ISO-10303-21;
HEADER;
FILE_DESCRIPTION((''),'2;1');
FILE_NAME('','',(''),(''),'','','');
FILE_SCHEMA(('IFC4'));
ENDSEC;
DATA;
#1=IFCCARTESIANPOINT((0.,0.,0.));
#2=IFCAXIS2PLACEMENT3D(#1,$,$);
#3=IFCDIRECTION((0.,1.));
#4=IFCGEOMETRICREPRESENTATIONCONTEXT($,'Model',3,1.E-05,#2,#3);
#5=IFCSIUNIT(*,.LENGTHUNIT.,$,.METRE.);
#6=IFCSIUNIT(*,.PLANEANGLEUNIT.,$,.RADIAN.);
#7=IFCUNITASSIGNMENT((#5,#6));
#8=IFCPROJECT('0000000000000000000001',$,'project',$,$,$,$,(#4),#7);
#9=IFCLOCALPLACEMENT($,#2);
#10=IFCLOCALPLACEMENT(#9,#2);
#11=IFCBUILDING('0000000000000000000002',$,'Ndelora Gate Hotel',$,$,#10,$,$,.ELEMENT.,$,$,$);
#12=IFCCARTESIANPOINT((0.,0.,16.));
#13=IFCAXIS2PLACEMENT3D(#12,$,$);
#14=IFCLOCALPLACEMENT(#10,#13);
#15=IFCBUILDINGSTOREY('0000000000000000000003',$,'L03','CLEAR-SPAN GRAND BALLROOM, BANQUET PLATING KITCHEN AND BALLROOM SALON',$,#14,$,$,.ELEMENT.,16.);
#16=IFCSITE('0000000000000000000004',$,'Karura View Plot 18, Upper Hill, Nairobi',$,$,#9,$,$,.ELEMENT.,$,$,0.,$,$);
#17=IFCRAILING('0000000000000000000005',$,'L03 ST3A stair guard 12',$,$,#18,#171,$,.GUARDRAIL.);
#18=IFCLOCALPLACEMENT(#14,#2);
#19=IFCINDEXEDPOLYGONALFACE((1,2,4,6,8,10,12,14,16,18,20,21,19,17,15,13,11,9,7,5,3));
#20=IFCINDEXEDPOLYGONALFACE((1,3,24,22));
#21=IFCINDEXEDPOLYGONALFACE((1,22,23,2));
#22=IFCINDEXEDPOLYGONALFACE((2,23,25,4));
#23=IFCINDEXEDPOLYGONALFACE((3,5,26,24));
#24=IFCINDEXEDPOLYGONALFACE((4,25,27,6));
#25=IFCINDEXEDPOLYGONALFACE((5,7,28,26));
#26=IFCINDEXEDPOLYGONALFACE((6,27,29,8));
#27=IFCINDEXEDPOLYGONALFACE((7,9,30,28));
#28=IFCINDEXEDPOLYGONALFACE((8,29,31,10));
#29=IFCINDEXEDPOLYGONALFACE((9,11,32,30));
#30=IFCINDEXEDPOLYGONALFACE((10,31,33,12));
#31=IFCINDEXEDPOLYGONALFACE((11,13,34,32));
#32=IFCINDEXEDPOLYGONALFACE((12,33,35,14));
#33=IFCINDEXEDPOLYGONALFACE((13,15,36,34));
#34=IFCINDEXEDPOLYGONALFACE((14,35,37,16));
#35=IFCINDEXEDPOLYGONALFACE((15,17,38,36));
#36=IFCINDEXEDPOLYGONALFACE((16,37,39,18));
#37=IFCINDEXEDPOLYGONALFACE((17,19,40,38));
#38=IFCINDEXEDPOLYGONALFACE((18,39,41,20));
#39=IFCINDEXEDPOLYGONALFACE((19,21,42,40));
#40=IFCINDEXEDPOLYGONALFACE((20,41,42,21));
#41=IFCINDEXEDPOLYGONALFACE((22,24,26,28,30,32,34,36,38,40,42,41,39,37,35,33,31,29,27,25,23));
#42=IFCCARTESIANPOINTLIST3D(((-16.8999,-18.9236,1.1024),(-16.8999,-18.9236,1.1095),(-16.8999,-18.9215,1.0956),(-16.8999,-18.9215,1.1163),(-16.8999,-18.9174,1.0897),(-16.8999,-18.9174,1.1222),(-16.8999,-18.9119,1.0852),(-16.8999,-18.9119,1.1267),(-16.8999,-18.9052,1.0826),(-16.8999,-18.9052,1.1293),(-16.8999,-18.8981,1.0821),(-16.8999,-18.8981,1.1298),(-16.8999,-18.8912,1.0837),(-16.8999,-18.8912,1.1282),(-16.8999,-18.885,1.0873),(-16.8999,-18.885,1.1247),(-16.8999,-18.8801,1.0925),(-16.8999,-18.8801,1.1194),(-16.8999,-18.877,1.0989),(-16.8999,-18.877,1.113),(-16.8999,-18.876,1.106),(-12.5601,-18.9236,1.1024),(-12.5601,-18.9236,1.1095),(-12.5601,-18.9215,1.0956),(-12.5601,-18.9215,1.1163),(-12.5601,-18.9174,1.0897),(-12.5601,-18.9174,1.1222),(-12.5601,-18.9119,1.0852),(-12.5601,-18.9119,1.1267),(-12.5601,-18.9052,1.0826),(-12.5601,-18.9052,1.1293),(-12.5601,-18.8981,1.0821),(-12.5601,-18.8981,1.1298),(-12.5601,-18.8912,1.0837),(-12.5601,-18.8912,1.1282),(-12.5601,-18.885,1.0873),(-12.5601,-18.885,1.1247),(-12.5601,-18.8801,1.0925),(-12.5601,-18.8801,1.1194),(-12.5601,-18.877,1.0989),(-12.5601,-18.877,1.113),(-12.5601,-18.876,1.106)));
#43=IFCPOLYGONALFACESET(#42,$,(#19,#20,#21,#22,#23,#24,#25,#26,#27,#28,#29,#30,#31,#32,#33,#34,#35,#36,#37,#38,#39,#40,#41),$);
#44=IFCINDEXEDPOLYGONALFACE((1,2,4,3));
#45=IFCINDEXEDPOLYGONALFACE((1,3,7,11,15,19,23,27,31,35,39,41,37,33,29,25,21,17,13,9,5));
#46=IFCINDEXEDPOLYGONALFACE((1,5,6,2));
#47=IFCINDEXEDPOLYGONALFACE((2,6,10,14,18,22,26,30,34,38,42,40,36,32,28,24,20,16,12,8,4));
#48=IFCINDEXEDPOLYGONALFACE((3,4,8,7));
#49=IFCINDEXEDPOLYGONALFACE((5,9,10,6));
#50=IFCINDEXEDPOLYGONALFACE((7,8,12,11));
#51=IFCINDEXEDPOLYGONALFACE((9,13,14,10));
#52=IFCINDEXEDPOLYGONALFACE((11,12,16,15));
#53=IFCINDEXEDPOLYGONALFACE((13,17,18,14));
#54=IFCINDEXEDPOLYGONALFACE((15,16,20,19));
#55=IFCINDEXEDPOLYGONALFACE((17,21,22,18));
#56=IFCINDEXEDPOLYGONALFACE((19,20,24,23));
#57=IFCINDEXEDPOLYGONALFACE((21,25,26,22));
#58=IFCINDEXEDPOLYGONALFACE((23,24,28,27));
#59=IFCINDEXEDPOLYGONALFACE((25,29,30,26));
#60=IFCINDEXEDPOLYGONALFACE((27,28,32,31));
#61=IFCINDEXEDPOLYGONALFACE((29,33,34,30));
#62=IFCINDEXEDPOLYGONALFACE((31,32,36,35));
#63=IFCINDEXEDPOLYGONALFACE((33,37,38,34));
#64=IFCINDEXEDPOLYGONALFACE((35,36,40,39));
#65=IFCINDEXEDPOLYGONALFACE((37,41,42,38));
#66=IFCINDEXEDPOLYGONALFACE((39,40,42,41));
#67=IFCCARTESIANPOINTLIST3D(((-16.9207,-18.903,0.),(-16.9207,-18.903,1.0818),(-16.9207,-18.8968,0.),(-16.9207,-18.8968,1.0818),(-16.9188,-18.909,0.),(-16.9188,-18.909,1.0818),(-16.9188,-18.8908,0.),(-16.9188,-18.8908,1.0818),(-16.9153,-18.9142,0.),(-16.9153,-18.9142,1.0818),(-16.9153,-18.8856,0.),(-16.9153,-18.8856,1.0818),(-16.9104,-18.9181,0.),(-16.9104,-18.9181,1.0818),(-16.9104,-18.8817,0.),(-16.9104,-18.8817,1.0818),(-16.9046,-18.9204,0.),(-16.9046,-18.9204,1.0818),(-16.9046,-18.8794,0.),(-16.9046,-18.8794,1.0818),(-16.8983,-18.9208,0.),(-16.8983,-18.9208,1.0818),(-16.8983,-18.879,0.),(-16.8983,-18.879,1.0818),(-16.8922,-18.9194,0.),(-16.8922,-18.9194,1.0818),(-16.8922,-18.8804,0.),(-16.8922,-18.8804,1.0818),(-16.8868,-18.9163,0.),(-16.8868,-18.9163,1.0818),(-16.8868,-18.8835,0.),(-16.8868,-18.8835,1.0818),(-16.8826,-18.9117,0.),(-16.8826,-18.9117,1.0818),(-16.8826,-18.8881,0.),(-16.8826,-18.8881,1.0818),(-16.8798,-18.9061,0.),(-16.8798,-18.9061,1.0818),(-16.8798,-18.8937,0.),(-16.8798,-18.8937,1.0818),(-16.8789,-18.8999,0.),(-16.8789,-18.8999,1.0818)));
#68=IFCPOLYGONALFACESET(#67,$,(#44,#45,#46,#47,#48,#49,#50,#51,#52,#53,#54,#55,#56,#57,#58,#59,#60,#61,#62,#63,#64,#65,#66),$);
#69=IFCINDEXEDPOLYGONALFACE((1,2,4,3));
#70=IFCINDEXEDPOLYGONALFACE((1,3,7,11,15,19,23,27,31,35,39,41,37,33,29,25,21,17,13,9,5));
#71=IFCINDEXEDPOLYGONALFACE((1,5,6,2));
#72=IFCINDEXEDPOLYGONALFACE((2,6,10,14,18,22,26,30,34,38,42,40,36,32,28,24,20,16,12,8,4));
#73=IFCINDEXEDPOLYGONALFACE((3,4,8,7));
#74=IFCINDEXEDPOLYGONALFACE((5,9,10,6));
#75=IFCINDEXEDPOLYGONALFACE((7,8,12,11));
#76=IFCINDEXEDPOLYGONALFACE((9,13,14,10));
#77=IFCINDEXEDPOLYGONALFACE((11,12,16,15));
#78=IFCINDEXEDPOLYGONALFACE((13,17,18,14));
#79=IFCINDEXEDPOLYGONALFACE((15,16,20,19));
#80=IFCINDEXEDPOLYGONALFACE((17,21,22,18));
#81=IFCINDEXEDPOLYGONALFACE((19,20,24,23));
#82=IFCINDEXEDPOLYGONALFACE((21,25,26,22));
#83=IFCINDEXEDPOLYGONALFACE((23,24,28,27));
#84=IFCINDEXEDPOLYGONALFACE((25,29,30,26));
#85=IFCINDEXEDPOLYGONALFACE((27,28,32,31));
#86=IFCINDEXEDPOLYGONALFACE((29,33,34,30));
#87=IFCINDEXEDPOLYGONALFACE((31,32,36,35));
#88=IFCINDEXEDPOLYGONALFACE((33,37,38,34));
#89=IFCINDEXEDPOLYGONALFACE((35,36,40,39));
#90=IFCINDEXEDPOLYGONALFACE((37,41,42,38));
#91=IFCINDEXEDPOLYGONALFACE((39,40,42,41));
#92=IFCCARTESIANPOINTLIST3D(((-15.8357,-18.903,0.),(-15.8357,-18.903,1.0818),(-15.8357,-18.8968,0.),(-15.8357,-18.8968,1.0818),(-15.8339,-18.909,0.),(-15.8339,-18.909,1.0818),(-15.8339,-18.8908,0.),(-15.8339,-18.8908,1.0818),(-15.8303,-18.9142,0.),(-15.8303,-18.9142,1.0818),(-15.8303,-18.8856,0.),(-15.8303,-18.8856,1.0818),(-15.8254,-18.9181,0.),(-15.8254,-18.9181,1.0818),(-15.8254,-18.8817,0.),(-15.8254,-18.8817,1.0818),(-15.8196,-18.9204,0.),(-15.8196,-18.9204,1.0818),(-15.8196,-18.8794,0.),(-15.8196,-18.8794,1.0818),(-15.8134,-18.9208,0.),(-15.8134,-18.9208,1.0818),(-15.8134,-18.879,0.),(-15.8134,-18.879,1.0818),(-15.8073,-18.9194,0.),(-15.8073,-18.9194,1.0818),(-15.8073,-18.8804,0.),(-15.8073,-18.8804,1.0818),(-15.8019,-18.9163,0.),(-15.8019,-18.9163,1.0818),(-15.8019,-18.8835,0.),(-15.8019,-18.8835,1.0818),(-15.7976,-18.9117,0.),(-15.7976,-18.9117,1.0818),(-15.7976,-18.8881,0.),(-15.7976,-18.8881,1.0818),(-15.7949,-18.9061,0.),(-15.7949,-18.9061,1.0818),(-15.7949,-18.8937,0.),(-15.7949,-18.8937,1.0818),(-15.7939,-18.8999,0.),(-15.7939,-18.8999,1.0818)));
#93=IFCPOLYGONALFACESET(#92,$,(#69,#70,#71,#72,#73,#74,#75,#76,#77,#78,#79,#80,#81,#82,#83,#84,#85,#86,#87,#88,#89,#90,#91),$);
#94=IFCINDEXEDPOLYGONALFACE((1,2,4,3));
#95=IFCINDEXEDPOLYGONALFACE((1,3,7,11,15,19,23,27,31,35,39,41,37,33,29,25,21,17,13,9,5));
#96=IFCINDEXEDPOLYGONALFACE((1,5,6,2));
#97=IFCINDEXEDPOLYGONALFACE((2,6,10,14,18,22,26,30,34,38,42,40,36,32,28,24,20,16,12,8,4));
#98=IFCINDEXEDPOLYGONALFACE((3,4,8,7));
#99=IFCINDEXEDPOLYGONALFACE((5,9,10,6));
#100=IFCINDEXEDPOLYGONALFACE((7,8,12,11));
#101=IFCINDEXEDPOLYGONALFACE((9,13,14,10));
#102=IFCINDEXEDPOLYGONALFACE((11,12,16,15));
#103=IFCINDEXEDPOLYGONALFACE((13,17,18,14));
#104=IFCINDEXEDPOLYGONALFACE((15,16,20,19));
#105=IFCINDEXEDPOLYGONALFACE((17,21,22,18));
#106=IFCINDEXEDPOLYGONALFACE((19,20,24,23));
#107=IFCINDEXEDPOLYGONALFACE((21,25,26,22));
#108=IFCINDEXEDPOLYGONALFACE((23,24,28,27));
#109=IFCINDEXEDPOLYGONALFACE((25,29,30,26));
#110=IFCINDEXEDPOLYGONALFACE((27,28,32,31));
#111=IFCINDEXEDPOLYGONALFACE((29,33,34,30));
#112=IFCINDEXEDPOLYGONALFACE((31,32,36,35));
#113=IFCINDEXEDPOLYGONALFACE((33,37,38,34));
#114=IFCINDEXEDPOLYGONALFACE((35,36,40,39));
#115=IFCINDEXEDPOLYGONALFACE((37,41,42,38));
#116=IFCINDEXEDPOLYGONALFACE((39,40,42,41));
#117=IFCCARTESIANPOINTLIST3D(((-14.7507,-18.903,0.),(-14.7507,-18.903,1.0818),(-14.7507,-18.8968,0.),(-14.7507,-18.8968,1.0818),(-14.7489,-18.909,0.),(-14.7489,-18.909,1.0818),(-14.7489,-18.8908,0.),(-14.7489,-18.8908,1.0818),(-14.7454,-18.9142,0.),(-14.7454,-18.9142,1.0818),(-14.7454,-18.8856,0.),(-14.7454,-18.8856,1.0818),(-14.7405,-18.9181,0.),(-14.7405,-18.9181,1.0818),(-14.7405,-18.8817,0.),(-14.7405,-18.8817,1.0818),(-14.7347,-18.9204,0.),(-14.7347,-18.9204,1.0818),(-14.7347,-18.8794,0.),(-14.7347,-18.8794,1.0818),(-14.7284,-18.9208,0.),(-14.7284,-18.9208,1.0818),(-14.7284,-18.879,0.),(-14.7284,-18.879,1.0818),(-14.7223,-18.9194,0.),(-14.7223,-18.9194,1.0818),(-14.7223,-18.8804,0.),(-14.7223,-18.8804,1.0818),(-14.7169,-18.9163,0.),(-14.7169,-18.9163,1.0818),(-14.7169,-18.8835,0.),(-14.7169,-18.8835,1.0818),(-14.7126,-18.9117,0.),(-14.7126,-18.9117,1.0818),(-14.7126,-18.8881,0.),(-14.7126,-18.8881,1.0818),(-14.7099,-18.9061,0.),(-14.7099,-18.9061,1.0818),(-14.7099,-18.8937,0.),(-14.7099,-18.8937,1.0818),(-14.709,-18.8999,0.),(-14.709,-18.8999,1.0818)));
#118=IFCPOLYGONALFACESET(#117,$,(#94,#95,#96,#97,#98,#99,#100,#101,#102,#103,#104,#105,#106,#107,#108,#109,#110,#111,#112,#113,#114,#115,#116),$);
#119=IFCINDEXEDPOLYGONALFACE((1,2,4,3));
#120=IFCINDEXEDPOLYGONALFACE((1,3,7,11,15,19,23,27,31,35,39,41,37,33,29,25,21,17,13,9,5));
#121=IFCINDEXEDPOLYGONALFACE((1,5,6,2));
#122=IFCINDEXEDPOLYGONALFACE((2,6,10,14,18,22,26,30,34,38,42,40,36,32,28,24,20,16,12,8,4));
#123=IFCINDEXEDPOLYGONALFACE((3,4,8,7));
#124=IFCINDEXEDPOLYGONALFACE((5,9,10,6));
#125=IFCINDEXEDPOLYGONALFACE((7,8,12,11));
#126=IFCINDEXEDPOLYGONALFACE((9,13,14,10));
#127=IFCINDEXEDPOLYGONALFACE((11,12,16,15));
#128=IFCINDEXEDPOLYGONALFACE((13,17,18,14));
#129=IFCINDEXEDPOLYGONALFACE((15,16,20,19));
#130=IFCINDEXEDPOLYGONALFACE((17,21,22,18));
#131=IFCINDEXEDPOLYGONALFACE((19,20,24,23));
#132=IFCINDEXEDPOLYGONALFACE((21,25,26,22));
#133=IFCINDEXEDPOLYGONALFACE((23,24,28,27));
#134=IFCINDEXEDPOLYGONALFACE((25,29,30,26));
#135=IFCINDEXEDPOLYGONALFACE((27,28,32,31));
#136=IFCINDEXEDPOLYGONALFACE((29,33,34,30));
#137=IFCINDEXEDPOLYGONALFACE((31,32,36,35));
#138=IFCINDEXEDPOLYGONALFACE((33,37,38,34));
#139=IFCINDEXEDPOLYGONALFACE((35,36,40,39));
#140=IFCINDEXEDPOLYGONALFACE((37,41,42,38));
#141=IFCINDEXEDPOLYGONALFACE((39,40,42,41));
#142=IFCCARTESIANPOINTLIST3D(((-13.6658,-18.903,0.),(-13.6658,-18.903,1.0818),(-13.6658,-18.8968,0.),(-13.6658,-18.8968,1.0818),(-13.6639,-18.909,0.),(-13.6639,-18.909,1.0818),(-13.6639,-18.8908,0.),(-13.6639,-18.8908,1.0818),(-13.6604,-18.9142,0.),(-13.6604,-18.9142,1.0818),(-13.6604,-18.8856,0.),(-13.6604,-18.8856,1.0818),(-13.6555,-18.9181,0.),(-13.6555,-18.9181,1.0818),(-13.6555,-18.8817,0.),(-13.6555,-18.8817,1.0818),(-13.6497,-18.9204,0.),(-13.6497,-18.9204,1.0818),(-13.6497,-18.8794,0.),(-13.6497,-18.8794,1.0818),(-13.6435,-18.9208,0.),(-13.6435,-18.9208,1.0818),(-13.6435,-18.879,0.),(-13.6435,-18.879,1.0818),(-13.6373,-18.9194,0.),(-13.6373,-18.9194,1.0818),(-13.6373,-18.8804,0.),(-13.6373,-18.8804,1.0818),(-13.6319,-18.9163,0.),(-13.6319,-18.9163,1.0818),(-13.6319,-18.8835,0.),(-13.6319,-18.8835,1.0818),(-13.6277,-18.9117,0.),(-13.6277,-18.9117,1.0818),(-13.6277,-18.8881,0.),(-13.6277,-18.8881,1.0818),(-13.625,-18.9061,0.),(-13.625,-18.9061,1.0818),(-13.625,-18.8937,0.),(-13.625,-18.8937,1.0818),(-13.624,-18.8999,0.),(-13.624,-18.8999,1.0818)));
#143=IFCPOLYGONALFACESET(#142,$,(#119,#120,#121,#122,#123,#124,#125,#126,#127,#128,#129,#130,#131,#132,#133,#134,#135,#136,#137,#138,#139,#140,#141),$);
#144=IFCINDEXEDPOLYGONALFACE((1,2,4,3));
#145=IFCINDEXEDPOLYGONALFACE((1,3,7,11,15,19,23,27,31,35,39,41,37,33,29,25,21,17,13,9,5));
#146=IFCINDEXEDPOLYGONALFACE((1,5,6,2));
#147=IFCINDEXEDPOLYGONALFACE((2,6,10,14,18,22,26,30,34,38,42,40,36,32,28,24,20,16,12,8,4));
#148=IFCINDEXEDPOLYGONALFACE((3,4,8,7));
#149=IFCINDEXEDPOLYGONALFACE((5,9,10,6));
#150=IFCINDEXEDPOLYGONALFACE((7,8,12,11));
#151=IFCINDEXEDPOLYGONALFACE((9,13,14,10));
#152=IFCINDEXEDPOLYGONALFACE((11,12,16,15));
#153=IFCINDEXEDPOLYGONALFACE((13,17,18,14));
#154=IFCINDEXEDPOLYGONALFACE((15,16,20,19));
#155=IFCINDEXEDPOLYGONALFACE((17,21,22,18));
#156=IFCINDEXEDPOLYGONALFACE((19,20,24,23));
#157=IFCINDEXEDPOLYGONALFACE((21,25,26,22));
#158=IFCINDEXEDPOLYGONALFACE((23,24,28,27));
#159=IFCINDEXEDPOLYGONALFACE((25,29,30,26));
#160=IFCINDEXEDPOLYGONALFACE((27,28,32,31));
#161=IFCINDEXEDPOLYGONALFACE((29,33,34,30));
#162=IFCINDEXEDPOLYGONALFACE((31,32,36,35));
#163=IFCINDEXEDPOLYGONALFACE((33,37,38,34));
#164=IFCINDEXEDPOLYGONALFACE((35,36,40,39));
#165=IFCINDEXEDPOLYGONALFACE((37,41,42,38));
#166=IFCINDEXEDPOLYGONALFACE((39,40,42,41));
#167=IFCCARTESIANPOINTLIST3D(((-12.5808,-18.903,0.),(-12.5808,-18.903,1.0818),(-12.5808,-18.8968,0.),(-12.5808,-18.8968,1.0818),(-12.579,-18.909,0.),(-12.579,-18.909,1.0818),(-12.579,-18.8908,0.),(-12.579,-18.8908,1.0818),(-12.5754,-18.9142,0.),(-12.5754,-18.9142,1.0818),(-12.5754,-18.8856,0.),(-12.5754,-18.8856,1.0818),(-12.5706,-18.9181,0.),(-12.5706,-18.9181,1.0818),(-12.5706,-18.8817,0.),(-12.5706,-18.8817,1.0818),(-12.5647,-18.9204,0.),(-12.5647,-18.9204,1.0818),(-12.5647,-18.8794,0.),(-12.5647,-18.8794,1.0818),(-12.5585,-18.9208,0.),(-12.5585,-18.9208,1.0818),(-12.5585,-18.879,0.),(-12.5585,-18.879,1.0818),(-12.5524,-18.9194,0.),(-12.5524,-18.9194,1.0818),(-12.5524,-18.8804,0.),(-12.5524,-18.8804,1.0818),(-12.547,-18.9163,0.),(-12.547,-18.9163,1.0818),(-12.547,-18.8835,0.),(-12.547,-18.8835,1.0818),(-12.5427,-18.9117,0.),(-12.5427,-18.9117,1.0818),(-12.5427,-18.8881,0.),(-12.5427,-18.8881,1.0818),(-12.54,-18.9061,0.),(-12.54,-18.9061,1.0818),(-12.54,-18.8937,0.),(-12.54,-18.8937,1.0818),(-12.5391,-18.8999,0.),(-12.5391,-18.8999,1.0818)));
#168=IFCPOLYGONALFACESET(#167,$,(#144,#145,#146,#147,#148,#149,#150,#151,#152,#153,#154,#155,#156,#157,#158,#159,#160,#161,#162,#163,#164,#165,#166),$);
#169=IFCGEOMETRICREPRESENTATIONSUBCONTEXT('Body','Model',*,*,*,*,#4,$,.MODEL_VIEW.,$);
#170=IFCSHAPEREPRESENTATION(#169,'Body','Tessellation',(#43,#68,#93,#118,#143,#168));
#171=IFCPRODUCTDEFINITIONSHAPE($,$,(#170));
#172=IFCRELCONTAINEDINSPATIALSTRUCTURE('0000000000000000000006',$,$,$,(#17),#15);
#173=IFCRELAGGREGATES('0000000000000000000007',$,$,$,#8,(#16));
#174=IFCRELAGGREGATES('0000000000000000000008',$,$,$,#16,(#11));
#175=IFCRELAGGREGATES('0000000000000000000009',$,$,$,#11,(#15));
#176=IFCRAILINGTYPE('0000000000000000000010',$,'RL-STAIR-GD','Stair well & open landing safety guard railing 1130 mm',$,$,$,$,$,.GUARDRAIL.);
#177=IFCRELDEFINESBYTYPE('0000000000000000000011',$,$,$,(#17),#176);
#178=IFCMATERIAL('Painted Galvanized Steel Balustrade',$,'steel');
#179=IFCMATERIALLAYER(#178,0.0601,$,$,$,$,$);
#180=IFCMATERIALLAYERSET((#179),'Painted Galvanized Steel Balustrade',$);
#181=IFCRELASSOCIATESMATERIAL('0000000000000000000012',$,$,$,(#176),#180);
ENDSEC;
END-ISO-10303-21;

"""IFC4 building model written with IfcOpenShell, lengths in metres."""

from ifc_helpers import new_model, si_unit, direction, frame, origin, origin_2d, place, context, subcontext, project, spatial, circle, extrude, material, layer, layer_set, type_object, element, save


model = new_model("IFC4")

# Units and contexts
model_context = context("Model", 3, precision=1e-05, world=origin(), true_north=direction((0.0, 1.0)))
body_context = subcontext(model_context, "Body", "Model", "MODEL_VIEW")
ifc_project = project(units=[si_unit("LENGTHUNIT", "METRE"), si_unit("PLANEANGLEUNIT", "RADIAN")], contexts=[model_context])

# Site, building, storey
site_placement = place(None, origin())
site = spatial("IfcSite", under=ifc_project, at=site_placement, Name="Karura View Plot 18, Upper Hill, Nairobi", CompositionType="ELEMENT", RefElevation=0.0)
building_placement = place(site_placement, origin())
building = spatial("IfcBuilding", under=site, at=building_placement, Name="Ndelora Gate Hotel", CompositionType="ELEMENT")
storey_placement = place(building_placement, frame((0.0, 0.0, 16.0)))
storey = spatial("IfcBuildingStorey", under=building, at=storey_placement, Name="L03", Description="CLEAR-SPAN GRAND BALLROOM, BANQUET PLATING KITCHEN AND BALLROOM SALON", CompositionType="ELEMENT", Elevation=16.0)

# Railing
ifc_material_1 = material(Name="Painted Galvanized Steel Balustrade", Category="steel")
ifc_layer_1 = layer(ifc_material_1, 0.0601)
ifc_layer_set_1 = layer_set([ifc_layer_1], Name="Painted Galvanized Steel Balustrade")
railing_type_1 = type_object("IfcRailingType", Name="RL-STAIR-GD", Description="Stair well & open landing safety guard railing 1130 mm", PredefinedType="GUARDRAIL", material=ifc_layer_set_1)
railing_1_placement = place(storey_placement, frame((-16.8999, -18.8999, 0.0)))
element("IfcRailing", 1, at=railing_1_placement, inside=storey, type_object=railing_type_1, Name="L03 ST3A stair guard 12", PredefinedType="GUARDRAIL", context=body_context, shape_type="SweptSolid", body=[
    extrude(circle(Radius=0.0239, at=origin_2d()), frame((0.0, 0.0, 1.106), z_axis=(1.0, 0.0, 0.0), x_axis=(0.0, 1.0, 0.0)), (0.0, 0.0, 1.0), 4.3398),
    extrude(circle(Radius=0.021, at=origin_2d()), origin(), (0.0, 0.0, 1.0), 1.0818),
    extrude(circle(Radius=0.021, at=origin_2d()), frame((1.085, 0.0, 0.0)), (0.0, 0.0, 1.0), 1.0818),
    extrude(circle(Radius=0.021, at=origin_2d()), frame((2.1699, 0.0, 0.0)), (0.0, 0.0, 1.0), 1.0818),
    extrude(circle(Radius=0.021, at=origin_2d()), frame((3.2549, 0.0, 0.0)), (0.0, 0.0, 1.0), 1.0818),
    extrude(circle(Radius=0.021, at=origin_2d()), frame((4.3398, 0.0, 0.0)), (0.0, 0.0, 1.0), 1.0818),
])

save(model, "model.ifc")
